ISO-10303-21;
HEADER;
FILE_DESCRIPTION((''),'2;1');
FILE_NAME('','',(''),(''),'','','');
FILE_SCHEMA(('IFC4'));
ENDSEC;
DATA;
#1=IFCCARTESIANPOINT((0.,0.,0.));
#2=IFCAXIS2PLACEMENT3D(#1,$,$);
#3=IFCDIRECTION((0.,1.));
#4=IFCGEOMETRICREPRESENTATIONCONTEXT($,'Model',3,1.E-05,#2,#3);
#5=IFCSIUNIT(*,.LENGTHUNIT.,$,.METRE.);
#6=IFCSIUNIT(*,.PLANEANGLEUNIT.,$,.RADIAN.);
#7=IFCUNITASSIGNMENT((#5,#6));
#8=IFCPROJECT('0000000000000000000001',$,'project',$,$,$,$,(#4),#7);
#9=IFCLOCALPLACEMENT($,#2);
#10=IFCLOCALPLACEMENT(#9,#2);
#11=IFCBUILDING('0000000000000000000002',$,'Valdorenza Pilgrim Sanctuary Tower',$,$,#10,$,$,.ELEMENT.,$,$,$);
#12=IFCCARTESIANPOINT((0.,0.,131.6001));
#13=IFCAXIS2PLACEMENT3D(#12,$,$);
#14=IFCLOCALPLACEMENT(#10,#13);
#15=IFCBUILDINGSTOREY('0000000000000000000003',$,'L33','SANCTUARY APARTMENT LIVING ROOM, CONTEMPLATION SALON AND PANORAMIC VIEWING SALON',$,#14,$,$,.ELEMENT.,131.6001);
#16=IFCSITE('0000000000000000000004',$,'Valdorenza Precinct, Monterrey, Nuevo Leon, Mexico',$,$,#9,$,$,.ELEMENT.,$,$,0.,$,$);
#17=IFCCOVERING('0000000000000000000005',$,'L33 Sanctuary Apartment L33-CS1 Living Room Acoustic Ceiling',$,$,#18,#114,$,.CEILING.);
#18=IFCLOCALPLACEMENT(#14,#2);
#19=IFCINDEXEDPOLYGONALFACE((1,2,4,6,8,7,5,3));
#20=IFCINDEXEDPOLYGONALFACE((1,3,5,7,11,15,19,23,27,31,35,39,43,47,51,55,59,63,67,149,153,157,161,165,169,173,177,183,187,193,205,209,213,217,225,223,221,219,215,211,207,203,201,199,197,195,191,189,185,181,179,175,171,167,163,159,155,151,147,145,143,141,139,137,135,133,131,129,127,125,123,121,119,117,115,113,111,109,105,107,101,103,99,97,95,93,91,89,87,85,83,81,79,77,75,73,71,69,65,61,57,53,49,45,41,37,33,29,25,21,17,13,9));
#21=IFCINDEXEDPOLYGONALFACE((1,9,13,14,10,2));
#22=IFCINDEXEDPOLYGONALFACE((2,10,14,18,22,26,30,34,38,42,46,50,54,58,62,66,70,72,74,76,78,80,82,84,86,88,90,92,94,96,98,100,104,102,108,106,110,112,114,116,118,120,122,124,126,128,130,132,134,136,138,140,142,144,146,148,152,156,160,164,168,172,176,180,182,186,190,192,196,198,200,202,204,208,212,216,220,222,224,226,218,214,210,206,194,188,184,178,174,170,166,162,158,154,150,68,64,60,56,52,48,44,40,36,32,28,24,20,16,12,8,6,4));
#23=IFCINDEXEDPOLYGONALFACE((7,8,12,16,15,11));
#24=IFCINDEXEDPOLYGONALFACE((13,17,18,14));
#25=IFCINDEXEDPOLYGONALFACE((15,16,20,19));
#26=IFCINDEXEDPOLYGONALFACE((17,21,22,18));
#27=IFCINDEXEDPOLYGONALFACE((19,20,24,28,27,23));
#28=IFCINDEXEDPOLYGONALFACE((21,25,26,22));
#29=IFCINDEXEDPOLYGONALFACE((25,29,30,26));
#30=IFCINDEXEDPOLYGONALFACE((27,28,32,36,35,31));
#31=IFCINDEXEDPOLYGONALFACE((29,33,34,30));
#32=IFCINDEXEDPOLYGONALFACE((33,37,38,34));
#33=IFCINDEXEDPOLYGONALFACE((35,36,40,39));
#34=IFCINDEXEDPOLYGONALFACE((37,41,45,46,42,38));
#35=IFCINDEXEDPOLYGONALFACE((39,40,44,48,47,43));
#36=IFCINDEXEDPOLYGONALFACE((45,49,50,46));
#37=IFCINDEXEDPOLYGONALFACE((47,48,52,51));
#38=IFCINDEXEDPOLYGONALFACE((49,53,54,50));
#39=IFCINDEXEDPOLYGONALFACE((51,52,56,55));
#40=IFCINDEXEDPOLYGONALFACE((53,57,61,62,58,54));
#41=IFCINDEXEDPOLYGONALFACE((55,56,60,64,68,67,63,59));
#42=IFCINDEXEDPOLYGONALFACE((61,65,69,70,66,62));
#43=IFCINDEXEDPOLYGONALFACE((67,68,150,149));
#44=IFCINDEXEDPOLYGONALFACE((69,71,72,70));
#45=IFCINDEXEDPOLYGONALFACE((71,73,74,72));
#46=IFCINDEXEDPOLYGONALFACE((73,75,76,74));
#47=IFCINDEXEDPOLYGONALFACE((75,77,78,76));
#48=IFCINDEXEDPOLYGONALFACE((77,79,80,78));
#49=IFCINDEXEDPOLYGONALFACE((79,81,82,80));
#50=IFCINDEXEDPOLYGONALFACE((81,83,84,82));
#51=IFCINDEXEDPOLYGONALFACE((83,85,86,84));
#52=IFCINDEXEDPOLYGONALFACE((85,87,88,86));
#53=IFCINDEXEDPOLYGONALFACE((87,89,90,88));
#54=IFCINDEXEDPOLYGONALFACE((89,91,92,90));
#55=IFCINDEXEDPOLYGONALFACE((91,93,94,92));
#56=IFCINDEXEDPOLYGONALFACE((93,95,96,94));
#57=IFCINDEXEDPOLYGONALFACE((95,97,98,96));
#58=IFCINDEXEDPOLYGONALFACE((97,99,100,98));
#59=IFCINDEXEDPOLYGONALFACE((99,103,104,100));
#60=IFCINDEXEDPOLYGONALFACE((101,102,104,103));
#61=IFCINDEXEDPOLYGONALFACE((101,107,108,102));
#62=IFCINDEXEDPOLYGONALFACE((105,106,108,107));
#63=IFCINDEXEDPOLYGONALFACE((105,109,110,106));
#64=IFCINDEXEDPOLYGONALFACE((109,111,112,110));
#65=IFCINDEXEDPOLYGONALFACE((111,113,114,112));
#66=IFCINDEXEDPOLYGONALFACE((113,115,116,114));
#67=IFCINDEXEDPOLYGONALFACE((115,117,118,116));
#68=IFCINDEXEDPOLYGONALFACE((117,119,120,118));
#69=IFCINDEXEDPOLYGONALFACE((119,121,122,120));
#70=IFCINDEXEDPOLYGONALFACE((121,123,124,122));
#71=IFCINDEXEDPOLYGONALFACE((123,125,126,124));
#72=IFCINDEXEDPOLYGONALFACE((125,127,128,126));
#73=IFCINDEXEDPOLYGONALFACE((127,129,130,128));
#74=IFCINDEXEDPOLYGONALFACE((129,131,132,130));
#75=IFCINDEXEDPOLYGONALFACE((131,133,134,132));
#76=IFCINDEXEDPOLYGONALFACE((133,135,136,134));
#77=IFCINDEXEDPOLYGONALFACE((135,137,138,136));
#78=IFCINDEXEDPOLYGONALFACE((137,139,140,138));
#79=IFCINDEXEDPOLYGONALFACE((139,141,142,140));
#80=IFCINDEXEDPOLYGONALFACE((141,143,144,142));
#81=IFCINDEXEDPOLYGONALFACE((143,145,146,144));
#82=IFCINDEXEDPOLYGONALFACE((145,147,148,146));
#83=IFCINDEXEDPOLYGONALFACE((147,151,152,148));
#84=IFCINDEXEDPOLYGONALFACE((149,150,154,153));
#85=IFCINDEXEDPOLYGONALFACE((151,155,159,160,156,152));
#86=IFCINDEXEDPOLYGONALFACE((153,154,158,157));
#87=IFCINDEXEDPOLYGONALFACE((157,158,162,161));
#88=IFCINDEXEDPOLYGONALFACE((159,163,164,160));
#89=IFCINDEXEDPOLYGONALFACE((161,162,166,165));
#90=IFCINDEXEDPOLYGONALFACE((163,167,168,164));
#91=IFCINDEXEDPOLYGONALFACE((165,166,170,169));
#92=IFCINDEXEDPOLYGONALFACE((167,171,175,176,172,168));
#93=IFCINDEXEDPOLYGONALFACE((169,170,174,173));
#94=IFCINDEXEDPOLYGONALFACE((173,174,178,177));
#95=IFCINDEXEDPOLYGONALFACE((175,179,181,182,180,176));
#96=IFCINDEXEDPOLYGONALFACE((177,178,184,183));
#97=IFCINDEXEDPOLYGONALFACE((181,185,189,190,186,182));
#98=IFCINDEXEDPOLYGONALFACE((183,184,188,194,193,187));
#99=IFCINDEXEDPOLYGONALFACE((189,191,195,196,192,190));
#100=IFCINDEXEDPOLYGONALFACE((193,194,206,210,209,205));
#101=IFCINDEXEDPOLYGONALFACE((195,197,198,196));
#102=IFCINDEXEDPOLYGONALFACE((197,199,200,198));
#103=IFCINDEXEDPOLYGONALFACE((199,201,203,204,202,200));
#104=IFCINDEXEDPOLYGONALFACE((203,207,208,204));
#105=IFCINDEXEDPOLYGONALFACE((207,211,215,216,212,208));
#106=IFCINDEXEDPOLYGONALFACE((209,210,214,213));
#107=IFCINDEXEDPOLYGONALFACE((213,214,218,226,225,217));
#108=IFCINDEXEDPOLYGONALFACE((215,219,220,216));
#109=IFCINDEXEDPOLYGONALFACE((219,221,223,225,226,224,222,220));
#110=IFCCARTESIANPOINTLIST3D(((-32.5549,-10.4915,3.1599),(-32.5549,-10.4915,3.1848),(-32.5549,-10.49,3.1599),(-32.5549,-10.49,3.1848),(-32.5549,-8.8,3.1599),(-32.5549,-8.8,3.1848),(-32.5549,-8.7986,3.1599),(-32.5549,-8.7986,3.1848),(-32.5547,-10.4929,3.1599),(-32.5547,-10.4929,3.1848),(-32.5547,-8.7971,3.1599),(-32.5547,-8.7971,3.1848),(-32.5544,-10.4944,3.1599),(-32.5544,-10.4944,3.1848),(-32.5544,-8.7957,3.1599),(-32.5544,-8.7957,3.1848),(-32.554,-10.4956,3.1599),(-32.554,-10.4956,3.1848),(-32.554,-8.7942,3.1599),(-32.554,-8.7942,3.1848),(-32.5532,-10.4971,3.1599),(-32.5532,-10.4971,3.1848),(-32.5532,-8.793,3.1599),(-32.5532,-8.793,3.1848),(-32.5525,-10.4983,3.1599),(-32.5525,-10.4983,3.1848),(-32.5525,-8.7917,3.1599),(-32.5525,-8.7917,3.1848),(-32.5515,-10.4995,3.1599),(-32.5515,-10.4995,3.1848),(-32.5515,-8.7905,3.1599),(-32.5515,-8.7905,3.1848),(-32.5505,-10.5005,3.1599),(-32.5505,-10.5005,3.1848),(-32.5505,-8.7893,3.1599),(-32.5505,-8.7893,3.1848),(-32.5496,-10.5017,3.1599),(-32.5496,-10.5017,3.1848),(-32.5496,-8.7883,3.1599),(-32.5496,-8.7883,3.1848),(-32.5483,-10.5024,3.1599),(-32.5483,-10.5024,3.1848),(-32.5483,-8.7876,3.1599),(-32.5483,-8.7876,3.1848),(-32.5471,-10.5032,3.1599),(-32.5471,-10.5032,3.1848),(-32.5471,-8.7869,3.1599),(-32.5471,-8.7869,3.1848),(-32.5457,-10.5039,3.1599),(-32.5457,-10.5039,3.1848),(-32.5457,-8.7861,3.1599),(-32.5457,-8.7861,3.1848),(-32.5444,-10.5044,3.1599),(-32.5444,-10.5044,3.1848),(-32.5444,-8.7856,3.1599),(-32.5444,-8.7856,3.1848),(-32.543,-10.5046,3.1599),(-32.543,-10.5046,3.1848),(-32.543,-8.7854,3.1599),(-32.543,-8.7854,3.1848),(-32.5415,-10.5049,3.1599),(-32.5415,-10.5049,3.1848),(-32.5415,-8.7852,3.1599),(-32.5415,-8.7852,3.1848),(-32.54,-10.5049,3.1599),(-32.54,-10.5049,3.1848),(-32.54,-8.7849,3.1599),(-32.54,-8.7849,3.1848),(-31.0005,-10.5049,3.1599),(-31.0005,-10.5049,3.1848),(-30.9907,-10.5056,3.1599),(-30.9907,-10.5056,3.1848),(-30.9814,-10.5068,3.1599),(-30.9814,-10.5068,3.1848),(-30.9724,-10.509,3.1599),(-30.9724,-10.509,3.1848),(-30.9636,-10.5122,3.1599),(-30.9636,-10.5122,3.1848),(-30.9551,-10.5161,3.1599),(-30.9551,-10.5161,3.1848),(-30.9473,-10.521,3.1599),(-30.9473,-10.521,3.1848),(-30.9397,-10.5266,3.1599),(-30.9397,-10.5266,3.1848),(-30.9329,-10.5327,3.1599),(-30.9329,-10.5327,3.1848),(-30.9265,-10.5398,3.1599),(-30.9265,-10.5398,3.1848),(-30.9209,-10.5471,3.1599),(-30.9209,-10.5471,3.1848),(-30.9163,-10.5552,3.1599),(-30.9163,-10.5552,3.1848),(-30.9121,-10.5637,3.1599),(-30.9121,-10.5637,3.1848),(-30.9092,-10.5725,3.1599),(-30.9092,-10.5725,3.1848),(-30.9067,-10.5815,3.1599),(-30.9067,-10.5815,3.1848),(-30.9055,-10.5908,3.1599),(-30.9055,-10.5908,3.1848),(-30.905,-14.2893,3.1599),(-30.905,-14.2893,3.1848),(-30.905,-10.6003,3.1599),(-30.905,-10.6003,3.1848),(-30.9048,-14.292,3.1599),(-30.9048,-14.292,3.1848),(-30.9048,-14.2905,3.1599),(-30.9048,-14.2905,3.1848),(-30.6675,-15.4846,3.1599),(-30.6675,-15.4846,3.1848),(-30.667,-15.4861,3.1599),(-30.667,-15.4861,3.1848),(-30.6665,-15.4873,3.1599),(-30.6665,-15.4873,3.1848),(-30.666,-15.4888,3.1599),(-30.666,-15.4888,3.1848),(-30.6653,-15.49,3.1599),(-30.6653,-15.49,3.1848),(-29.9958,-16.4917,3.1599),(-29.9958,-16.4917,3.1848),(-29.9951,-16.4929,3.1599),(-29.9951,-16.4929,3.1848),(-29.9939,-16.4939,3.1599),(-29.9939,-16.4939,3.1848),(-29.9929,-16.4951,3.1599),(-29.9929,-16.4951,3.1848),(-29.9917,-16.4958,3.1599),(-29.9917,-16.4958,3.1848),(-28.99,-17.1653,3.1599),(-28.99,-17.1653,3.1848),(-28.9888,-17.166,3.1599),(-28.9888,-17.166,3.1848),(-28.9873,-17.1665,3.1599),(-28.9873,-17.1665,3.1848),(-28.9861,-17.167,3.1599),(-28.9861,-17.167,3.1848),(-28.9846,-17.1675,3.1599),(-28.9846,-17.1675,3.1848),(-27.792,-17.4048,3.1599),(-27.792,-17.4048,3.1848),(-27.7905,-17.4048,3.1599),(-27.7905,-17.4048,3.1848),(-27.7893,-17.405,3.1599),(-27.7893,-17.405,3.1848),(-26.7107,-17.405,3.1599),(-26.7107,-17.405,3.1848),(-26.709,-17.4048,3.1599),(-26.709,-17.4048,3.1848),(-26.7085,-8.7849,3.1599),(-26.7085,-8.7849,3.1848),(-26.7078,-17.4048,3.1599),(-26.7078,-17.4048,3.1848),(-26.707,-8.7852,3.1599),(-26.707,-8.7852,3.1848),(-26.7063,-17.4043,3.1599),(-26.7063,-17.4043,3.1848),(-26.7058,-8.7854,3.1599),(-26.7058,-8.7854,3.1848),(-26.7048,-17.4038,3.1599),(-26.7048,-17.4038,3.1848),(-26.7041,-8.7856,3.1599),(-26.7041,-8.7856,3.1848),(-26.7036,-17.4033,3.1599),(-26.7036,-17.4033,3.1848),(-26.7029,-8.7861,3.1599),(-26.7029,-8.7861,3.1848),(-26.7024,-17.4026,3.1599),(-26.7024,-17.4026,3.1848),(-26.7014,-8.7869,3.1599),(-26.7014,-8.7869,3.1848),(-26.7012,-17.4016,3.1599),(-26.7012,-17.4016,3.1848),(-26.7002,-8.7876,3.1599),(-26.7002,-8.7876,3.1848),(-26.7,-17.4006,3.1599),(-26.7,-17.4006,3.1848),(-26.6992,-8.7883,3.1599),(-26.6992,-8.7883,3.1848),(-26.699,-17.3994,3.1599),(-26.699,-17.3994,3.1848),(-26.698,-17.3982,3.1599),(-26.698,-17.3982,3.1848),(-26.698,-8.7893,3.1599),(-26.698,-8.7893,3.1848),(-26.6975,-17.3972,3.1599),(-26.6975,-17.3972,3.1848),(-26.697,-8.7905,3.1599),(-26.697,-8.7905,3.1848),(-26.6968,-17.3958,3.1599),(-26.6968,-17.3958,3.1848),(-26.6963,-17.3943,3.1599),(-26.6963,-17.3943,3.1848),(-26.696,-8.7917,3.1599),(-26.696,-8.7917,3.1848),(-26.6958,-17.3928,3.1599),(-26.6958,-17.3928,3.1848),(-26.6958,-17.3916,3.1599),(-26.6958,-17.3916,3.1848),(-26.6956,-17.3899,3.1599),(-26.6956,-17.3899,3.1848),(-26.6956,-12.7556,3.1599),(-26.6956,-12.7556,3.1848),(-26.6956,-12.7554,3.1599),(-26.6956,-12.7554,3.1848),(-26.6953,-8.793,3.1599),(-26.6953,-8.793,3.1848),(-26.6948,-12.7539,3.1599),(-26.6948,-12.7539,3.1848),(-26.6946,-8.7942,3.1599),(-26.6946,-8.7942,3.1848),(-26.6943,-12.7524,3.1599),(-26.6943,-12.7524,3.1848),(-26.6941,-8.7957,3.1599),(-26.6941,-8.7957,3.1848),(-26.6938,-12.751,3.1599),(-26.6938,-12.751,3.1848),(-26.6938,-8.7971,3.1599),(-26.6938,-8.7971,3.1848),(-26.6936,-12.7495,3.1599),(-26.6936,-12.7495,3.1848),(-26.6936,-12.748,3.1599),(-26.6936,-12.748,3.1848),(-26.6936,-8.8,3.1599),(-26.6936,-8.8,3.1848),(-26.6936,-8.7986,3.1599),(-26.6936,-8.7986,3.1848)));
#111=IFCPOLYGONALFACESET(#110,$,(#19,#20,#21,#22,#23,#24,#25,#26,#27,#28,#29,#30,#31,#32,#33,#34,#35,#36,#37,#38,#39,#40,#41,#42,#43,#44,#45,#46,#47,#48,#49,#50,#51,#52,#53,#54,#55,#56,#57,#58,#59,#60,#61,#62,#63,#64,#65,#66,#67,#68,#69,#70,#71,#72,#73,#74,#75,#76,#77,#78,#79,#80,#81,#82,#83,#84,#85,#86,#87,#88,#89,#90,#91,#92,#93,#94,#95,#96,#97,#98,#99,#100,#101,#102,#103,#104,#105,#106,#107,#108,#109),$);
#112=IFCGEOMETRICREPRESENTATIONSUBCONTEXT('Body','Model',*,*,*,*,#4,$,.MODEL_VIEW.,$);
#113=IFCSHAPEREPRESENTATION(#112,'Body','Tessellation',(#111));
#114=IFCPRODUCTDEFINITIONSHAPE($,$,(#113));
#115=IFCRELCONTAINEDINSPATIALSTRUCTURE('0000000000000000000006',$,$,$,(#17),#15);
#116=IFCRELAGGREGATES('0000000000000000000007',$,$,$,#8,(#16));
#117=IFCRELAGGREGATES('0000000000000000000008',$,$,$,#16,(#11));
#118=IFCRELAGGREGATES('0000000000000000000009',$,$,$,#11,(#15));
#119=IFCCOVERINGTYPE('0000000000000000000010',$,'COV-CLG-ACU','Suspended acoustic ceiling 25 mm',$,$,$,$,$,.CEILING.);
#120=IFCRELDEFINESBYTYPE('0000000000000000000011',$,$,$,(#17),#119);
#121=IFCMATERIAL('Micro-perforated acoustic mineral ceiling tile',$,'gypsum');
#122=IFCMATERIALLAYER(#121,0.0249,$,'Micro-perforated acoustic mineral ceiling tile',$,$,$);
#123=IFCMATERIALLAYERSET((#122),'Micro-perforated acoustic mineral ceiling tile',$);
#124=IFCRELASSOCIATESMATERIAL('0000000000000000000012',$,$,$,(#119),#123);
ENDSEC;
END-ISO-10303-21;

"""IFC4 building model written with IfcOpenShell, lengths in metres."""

from ifc_helpers import new_model, si_unit, direction, frame, origin, place, context, subcontext, project, spatial, polyline, outline, extrude, material, layer, layer_set, type_object, element, save


model = new_model("IFC4")

# Units and contexts
model_context = context("Model", 3, precision=1e-05, world=origin(), true_north=direction((0.0, 1.0)))
body_context = subcontext(model_context, "Body", "Model", "MODEL_VIEW")
ifc_project = project(units=[si_unit("LENGTHUNIT", "METRE"), si_unit("PLANEANGLEUNIT", "RADIAN")], contexts=[model_context])

# Site, building, storey
site_placement = place(None, origin())
site = spatial("IfcSite", under=ifc_project, at=site_placement, Name="Valdorenza Precinct, Monterrey, Nuevo Leon, Mexico", CompositionType="ELEMENT", RefElevation=0.0)
building_placement = place(site_placement, origin())
building = spatial("IfcBuilding", under=site, at=building_placement, Name="Valdorenza Pilgrim Sanctuary Tower", CompositionType="ELEMENT")
storey_placement = place(building_placement, frame((0.0, 0.0, 131.6001)))
storey = spatial("IfcBuildingStorey", under=building, at=storey_placement, Name="L33", Description="SANCTUARY APARTMENT LIVING ROOM, CONTEMPLATION SALON AND PANORAMIC VIEWING SALON", CompositionType="ELEMENT", Elevation=131.6001)

# Covering
ifc_material_1 = material(Name="Micro-perforated acoustic mineral ceiling tile", Category="gypsum")
ifc_layer_1 = layer(ifc_material_1, 0.0249, Name="Micro-perforated acoustic mineral ceiling tile")
ifc_layer_set_1 = layer_set([ifc_layer_1], Name="Micro-perforated acoustic mineral ceiling tile")
covering_type_1 = type_object("IfcCoveringType", Name="COV-CLG-ACU", Description="Suspended acoustic ceiling 25 mm", PredefinedType="CEILING", material=ifc_layer_set_1)
covering_1_placement = place(storey_placement, frame((0.0, 0.0, 3.1599)))
element("IfcCovering", 1, at=covering_1_placement, inside=storey, type_object=covering_type_1, Name="L33 Sanctuary Apartment L33-CS1 Living Room Acoustic Ceiling", PredefinedType="CEILING", context=body_context, shape_type="SweptSolid", body=[
    extrude(outline(polyline([(-28.9846, -17.1675), (-28.9861, -17.167), (-28.9873, -17.1665), (-28.9888, -17.166), (-28.99, -17.1653), (-29.9917, -16.4958), (-29.9929, -16.4951), (-29.9939, -16.4939), (-29.9951, -16.4929), (-29.9958, -16.4917), (-30.6653, -15.49), (-30.666, -15.4888), (-30.6665, -15.4873), (-30.667, -15.4861), (-30.6675, -15.4846), (-30.9048, -14.292), (-30.9048, -14.2905), (-30.905, -14.2893), (-30.905, -10.6003), (-30.9055, -10.5908), (-30.9067, -10.5815), (-30.9092, -10.5725), (-30.9121, -10.5637), (-30.9163, -10.5552), (-30.9209, -10.5471), (-30.9265, -10.5398), (-30.9329, -10.5327), (-30.9397, -10.5266), (-30.9473, -10.521), (-30.9551, -10.5161), (-30.9636, -10.5122), (-30.9724, -10.509), (-30.9814, -10.5068), (-30.9907, -10.5056), (-31.0005, -10.5049), (-32.54, -10.5049), (-32.5415, -10.5049), (-32.543, -10.5046), (-32.5444, -10.5044), (-32.5457, -10.5039), (-32.5471, -10.5032), (-32.5483, -10.5024), (-32.5496, -10.5017), (-32.5505, -10.5005), (-32.5515, -10.4995), (-32.5525, -10.4983), (-32.5532, -10.4971), (-32.554, -10.4956), (-32.5544, -10.4944), (-32.5547, -10.4929), (-32.5549, -10.4915), (-32.5549, -10.49), (-32.5549, -8.8), (-32.5549, -8.7986), (-32.5547, -8.7971), (-32.5544, -8.7957), (-32.554, -8.7942), (-32.5532, -8.793), (-32.5525, -8.7917), (-32.5515, -8.7905), (-32.5505, -8.7893), (-32.5496, -8.7883), (-32.5483, -8.7876), (-32.5471, -8.7869), (-32.5457, -8.7861), (-32.5444, -8.7856), (-32.543, -8.7854), (-32.5415, -8.7852), (-32.54, -8.7849), (-26.7085, -8.7849), (-26.707, -8.7852), (-26.7058, -8.7854), (-26.7041, -8.7856), (-26.7029, -8.7861), (-26.7014, -8.7869), (-26.7002, -8.7876), (-26.6992, -8.7883), (-26.698, -8.7893), (-26.697, -8.7905), (-26.696, -8.7917), (-26.6953, -8.793), (-26.6946, -8.7942), (-26.6941, -8.7957), (-26.6938, -8.7971), (-26.6936, -8.7986), (-26.6936, -8.8), (-26.6936, -12.748), (-26.6936, -12.7495), (-26.6938, -12.751), (-26.6943, -12.7524), (-26.6948, -12.7539), (-26.6956, -12.7554), (-26.6956, -12.7556), (-26.6956, -17.3899), (-26.6958, -17.3916), (-26.6958, -17.3928), (-26.6963, -17.3943), (-26.6968, -17.3958), (-26.6975, -17.3972), (-26.698, -17.3982), (-26.699, -17.3994), (-26.7, -17.4006), (-26.7012, -17.4016), (-26.7024, -17.4026), (-26.7036, -17.4033), (-26.7048, -17.4038), (-26.7063, -17.4043), (-26.7078, -17.4048), (-26.709, -17.4048), (-26.7107, -17.405), (-27.7893, -17.405), (-27.7905, -17.4048), (-27.792, -17.4048), (-28.9846, -17.1675)])), origin(), (0.0, 0.0, 1.0), 0.0249),
])

save(model, "model.ifc")
